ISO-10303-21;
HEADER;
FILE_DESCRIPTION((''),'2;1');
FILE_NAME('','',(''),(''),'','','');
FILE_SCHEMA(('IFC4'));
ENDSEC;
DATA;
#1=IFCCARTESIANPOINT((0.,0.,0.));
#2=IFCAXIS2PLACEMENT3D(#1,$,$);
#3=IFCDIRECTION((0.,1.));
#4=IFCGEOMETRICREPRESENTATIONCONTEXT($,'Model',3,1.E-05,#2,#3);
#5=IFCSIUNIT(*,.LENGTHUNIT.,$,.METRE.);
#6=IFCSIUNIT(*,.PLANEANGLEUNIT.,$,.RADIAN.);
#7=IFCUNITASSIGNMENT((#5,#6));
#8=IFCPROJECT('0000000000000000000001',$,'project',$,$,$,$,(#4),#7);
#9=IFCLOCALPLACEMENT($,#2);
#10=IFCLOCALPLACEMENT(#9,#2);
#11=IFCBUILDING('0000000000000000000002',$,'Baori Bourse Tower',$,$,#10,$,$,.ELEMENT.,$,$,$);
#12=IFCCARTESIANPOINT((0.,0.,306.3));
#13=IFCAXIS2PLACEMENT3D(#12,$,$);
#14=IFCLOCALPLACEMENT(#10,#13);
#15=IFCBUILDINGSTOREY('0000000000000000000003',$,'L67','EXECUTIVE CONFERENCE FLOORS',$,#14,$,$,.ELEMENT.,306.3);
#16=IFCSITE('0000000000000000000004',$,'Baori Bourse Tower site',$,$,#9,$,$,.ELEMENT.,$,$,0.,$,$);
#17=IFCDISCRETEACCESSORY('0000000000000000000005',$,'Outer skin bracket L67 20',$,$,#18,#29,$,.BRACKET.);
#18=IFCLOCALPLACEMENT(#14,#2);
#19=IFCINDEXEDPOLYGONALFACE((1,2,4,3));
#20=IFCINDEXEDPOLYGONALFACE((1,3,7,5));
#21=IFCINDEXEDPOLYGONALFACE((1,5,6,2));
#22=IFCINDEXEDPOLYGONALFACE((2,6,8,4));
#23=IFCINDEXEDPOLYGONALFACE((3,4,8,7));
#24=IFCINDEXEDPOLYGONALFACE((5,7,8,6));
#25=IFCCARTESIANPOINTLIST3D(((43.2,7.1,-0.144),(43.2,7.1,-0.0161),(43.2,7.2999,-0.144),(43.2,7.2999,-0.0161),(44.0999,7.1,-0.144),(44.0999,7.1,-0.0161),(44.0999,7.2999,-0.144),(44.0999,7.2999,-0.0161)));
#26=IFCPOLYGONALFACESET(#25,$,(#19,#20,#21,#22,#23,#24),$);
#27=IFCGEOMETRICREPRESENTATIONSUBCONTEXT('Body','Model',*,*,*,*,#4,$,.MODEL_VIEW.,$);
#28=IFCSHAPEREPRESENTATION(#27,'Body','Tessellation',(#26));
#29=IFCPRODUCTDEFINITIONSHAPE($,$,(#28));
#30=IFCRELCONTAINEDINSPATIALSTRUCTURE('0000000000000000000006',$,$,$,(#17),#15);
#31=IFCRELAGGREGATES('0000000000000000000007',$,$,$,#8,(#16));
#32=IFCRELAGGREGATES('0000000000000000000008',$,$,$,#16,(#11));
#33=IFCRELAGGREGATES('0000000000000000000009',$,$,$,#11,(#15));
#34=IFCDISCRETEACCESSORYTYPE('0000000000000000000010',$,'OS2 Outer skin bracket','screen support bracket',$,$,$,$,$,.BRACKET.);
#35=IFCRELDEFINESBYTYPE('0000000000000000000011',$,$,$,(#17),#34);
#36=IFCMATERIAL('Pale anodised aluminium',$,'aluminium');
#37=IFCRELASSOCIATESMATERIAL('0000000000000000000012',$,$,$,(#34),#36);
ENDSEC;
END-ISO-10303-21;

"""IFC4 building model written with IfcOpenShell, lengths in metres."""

from ifc_helpers import new_model, si_unit, direction, frame, origin, origin_2d, place, context, subcontext, project, spatial, rectangle, extrude, material, type_object, element, save


model = new_model("IFC4")

# Units and contexts
model_context = context("Model", 3, precision=1e-05, world=origin(), true_north=direction((0.0, 1.0)))
body_context = subcontext(model_context, "Body", "Model", "MODEL_VIEW")
ifc_project = project(units=[si_unit("LENGTHUNIT", "METRE"), si_unit("PLANEANGLEUNIT", "RADIAN")], contexts=[model_context])

# Site, building, storey
site_placement = place(None, origin())
site = spatial("IfcSite", under=ifc_project, at=site_placement, Name="Baori Bourse Tower site", CompositionType="ELEMENT", RefElevation=0.0)
building_placement = place(site_placement, origin())
building = spatial("IfcBuilding", under=site, at=building_placement, Name="Baori Bourse Tower", CompositionType="ELEMENT")
storey_placement = place(building_placement, frame((0.0, 0.0, 306.3)))
storey = spatial("IfcBuildingStorey", under=building, at=storey_placement, Name="L67", Description="EXECUTIVE CONFERENCE FLOORS", CompositionType="ELEMENT", Elevation=306.3)

# Discrete accessory
ifc_material_1 = material(Name="Pale anodised aluminium", Category="aluminium")
discrete_accessory_type = type_object("IfcDiscreteAccessoryType", Name="OS2 Outer skin bracket", Description="screen support bracket", PredefinedType="BRACKET", material=ifc_material_1)
for number, where, z_axis, x_axis, name in (
    (1, (43.6499, 7.2, -0.144), (0.0, 0.0, 1.0), (0.0, 1.0, 0.0), "Outer skin bracket L67 20"),
):
    element("IfcDiscreteAccessory", number, at=place(storey_placement, frame(where, z_axis=z_axis, x_axis=x_axis)), inside=storey, type_object=discrete_accessory_type, Name=name, PredefinedType="BRACKET", context=body_context, shape_type="SweptSolid", body=[
        extrude(rectangle(XDim=0.2, YDim=0.8999, at=origin_2d()), origin(), (0.0, 0.0, 1.0), 0.1279),
    ])

save(model, "model.ifc")
